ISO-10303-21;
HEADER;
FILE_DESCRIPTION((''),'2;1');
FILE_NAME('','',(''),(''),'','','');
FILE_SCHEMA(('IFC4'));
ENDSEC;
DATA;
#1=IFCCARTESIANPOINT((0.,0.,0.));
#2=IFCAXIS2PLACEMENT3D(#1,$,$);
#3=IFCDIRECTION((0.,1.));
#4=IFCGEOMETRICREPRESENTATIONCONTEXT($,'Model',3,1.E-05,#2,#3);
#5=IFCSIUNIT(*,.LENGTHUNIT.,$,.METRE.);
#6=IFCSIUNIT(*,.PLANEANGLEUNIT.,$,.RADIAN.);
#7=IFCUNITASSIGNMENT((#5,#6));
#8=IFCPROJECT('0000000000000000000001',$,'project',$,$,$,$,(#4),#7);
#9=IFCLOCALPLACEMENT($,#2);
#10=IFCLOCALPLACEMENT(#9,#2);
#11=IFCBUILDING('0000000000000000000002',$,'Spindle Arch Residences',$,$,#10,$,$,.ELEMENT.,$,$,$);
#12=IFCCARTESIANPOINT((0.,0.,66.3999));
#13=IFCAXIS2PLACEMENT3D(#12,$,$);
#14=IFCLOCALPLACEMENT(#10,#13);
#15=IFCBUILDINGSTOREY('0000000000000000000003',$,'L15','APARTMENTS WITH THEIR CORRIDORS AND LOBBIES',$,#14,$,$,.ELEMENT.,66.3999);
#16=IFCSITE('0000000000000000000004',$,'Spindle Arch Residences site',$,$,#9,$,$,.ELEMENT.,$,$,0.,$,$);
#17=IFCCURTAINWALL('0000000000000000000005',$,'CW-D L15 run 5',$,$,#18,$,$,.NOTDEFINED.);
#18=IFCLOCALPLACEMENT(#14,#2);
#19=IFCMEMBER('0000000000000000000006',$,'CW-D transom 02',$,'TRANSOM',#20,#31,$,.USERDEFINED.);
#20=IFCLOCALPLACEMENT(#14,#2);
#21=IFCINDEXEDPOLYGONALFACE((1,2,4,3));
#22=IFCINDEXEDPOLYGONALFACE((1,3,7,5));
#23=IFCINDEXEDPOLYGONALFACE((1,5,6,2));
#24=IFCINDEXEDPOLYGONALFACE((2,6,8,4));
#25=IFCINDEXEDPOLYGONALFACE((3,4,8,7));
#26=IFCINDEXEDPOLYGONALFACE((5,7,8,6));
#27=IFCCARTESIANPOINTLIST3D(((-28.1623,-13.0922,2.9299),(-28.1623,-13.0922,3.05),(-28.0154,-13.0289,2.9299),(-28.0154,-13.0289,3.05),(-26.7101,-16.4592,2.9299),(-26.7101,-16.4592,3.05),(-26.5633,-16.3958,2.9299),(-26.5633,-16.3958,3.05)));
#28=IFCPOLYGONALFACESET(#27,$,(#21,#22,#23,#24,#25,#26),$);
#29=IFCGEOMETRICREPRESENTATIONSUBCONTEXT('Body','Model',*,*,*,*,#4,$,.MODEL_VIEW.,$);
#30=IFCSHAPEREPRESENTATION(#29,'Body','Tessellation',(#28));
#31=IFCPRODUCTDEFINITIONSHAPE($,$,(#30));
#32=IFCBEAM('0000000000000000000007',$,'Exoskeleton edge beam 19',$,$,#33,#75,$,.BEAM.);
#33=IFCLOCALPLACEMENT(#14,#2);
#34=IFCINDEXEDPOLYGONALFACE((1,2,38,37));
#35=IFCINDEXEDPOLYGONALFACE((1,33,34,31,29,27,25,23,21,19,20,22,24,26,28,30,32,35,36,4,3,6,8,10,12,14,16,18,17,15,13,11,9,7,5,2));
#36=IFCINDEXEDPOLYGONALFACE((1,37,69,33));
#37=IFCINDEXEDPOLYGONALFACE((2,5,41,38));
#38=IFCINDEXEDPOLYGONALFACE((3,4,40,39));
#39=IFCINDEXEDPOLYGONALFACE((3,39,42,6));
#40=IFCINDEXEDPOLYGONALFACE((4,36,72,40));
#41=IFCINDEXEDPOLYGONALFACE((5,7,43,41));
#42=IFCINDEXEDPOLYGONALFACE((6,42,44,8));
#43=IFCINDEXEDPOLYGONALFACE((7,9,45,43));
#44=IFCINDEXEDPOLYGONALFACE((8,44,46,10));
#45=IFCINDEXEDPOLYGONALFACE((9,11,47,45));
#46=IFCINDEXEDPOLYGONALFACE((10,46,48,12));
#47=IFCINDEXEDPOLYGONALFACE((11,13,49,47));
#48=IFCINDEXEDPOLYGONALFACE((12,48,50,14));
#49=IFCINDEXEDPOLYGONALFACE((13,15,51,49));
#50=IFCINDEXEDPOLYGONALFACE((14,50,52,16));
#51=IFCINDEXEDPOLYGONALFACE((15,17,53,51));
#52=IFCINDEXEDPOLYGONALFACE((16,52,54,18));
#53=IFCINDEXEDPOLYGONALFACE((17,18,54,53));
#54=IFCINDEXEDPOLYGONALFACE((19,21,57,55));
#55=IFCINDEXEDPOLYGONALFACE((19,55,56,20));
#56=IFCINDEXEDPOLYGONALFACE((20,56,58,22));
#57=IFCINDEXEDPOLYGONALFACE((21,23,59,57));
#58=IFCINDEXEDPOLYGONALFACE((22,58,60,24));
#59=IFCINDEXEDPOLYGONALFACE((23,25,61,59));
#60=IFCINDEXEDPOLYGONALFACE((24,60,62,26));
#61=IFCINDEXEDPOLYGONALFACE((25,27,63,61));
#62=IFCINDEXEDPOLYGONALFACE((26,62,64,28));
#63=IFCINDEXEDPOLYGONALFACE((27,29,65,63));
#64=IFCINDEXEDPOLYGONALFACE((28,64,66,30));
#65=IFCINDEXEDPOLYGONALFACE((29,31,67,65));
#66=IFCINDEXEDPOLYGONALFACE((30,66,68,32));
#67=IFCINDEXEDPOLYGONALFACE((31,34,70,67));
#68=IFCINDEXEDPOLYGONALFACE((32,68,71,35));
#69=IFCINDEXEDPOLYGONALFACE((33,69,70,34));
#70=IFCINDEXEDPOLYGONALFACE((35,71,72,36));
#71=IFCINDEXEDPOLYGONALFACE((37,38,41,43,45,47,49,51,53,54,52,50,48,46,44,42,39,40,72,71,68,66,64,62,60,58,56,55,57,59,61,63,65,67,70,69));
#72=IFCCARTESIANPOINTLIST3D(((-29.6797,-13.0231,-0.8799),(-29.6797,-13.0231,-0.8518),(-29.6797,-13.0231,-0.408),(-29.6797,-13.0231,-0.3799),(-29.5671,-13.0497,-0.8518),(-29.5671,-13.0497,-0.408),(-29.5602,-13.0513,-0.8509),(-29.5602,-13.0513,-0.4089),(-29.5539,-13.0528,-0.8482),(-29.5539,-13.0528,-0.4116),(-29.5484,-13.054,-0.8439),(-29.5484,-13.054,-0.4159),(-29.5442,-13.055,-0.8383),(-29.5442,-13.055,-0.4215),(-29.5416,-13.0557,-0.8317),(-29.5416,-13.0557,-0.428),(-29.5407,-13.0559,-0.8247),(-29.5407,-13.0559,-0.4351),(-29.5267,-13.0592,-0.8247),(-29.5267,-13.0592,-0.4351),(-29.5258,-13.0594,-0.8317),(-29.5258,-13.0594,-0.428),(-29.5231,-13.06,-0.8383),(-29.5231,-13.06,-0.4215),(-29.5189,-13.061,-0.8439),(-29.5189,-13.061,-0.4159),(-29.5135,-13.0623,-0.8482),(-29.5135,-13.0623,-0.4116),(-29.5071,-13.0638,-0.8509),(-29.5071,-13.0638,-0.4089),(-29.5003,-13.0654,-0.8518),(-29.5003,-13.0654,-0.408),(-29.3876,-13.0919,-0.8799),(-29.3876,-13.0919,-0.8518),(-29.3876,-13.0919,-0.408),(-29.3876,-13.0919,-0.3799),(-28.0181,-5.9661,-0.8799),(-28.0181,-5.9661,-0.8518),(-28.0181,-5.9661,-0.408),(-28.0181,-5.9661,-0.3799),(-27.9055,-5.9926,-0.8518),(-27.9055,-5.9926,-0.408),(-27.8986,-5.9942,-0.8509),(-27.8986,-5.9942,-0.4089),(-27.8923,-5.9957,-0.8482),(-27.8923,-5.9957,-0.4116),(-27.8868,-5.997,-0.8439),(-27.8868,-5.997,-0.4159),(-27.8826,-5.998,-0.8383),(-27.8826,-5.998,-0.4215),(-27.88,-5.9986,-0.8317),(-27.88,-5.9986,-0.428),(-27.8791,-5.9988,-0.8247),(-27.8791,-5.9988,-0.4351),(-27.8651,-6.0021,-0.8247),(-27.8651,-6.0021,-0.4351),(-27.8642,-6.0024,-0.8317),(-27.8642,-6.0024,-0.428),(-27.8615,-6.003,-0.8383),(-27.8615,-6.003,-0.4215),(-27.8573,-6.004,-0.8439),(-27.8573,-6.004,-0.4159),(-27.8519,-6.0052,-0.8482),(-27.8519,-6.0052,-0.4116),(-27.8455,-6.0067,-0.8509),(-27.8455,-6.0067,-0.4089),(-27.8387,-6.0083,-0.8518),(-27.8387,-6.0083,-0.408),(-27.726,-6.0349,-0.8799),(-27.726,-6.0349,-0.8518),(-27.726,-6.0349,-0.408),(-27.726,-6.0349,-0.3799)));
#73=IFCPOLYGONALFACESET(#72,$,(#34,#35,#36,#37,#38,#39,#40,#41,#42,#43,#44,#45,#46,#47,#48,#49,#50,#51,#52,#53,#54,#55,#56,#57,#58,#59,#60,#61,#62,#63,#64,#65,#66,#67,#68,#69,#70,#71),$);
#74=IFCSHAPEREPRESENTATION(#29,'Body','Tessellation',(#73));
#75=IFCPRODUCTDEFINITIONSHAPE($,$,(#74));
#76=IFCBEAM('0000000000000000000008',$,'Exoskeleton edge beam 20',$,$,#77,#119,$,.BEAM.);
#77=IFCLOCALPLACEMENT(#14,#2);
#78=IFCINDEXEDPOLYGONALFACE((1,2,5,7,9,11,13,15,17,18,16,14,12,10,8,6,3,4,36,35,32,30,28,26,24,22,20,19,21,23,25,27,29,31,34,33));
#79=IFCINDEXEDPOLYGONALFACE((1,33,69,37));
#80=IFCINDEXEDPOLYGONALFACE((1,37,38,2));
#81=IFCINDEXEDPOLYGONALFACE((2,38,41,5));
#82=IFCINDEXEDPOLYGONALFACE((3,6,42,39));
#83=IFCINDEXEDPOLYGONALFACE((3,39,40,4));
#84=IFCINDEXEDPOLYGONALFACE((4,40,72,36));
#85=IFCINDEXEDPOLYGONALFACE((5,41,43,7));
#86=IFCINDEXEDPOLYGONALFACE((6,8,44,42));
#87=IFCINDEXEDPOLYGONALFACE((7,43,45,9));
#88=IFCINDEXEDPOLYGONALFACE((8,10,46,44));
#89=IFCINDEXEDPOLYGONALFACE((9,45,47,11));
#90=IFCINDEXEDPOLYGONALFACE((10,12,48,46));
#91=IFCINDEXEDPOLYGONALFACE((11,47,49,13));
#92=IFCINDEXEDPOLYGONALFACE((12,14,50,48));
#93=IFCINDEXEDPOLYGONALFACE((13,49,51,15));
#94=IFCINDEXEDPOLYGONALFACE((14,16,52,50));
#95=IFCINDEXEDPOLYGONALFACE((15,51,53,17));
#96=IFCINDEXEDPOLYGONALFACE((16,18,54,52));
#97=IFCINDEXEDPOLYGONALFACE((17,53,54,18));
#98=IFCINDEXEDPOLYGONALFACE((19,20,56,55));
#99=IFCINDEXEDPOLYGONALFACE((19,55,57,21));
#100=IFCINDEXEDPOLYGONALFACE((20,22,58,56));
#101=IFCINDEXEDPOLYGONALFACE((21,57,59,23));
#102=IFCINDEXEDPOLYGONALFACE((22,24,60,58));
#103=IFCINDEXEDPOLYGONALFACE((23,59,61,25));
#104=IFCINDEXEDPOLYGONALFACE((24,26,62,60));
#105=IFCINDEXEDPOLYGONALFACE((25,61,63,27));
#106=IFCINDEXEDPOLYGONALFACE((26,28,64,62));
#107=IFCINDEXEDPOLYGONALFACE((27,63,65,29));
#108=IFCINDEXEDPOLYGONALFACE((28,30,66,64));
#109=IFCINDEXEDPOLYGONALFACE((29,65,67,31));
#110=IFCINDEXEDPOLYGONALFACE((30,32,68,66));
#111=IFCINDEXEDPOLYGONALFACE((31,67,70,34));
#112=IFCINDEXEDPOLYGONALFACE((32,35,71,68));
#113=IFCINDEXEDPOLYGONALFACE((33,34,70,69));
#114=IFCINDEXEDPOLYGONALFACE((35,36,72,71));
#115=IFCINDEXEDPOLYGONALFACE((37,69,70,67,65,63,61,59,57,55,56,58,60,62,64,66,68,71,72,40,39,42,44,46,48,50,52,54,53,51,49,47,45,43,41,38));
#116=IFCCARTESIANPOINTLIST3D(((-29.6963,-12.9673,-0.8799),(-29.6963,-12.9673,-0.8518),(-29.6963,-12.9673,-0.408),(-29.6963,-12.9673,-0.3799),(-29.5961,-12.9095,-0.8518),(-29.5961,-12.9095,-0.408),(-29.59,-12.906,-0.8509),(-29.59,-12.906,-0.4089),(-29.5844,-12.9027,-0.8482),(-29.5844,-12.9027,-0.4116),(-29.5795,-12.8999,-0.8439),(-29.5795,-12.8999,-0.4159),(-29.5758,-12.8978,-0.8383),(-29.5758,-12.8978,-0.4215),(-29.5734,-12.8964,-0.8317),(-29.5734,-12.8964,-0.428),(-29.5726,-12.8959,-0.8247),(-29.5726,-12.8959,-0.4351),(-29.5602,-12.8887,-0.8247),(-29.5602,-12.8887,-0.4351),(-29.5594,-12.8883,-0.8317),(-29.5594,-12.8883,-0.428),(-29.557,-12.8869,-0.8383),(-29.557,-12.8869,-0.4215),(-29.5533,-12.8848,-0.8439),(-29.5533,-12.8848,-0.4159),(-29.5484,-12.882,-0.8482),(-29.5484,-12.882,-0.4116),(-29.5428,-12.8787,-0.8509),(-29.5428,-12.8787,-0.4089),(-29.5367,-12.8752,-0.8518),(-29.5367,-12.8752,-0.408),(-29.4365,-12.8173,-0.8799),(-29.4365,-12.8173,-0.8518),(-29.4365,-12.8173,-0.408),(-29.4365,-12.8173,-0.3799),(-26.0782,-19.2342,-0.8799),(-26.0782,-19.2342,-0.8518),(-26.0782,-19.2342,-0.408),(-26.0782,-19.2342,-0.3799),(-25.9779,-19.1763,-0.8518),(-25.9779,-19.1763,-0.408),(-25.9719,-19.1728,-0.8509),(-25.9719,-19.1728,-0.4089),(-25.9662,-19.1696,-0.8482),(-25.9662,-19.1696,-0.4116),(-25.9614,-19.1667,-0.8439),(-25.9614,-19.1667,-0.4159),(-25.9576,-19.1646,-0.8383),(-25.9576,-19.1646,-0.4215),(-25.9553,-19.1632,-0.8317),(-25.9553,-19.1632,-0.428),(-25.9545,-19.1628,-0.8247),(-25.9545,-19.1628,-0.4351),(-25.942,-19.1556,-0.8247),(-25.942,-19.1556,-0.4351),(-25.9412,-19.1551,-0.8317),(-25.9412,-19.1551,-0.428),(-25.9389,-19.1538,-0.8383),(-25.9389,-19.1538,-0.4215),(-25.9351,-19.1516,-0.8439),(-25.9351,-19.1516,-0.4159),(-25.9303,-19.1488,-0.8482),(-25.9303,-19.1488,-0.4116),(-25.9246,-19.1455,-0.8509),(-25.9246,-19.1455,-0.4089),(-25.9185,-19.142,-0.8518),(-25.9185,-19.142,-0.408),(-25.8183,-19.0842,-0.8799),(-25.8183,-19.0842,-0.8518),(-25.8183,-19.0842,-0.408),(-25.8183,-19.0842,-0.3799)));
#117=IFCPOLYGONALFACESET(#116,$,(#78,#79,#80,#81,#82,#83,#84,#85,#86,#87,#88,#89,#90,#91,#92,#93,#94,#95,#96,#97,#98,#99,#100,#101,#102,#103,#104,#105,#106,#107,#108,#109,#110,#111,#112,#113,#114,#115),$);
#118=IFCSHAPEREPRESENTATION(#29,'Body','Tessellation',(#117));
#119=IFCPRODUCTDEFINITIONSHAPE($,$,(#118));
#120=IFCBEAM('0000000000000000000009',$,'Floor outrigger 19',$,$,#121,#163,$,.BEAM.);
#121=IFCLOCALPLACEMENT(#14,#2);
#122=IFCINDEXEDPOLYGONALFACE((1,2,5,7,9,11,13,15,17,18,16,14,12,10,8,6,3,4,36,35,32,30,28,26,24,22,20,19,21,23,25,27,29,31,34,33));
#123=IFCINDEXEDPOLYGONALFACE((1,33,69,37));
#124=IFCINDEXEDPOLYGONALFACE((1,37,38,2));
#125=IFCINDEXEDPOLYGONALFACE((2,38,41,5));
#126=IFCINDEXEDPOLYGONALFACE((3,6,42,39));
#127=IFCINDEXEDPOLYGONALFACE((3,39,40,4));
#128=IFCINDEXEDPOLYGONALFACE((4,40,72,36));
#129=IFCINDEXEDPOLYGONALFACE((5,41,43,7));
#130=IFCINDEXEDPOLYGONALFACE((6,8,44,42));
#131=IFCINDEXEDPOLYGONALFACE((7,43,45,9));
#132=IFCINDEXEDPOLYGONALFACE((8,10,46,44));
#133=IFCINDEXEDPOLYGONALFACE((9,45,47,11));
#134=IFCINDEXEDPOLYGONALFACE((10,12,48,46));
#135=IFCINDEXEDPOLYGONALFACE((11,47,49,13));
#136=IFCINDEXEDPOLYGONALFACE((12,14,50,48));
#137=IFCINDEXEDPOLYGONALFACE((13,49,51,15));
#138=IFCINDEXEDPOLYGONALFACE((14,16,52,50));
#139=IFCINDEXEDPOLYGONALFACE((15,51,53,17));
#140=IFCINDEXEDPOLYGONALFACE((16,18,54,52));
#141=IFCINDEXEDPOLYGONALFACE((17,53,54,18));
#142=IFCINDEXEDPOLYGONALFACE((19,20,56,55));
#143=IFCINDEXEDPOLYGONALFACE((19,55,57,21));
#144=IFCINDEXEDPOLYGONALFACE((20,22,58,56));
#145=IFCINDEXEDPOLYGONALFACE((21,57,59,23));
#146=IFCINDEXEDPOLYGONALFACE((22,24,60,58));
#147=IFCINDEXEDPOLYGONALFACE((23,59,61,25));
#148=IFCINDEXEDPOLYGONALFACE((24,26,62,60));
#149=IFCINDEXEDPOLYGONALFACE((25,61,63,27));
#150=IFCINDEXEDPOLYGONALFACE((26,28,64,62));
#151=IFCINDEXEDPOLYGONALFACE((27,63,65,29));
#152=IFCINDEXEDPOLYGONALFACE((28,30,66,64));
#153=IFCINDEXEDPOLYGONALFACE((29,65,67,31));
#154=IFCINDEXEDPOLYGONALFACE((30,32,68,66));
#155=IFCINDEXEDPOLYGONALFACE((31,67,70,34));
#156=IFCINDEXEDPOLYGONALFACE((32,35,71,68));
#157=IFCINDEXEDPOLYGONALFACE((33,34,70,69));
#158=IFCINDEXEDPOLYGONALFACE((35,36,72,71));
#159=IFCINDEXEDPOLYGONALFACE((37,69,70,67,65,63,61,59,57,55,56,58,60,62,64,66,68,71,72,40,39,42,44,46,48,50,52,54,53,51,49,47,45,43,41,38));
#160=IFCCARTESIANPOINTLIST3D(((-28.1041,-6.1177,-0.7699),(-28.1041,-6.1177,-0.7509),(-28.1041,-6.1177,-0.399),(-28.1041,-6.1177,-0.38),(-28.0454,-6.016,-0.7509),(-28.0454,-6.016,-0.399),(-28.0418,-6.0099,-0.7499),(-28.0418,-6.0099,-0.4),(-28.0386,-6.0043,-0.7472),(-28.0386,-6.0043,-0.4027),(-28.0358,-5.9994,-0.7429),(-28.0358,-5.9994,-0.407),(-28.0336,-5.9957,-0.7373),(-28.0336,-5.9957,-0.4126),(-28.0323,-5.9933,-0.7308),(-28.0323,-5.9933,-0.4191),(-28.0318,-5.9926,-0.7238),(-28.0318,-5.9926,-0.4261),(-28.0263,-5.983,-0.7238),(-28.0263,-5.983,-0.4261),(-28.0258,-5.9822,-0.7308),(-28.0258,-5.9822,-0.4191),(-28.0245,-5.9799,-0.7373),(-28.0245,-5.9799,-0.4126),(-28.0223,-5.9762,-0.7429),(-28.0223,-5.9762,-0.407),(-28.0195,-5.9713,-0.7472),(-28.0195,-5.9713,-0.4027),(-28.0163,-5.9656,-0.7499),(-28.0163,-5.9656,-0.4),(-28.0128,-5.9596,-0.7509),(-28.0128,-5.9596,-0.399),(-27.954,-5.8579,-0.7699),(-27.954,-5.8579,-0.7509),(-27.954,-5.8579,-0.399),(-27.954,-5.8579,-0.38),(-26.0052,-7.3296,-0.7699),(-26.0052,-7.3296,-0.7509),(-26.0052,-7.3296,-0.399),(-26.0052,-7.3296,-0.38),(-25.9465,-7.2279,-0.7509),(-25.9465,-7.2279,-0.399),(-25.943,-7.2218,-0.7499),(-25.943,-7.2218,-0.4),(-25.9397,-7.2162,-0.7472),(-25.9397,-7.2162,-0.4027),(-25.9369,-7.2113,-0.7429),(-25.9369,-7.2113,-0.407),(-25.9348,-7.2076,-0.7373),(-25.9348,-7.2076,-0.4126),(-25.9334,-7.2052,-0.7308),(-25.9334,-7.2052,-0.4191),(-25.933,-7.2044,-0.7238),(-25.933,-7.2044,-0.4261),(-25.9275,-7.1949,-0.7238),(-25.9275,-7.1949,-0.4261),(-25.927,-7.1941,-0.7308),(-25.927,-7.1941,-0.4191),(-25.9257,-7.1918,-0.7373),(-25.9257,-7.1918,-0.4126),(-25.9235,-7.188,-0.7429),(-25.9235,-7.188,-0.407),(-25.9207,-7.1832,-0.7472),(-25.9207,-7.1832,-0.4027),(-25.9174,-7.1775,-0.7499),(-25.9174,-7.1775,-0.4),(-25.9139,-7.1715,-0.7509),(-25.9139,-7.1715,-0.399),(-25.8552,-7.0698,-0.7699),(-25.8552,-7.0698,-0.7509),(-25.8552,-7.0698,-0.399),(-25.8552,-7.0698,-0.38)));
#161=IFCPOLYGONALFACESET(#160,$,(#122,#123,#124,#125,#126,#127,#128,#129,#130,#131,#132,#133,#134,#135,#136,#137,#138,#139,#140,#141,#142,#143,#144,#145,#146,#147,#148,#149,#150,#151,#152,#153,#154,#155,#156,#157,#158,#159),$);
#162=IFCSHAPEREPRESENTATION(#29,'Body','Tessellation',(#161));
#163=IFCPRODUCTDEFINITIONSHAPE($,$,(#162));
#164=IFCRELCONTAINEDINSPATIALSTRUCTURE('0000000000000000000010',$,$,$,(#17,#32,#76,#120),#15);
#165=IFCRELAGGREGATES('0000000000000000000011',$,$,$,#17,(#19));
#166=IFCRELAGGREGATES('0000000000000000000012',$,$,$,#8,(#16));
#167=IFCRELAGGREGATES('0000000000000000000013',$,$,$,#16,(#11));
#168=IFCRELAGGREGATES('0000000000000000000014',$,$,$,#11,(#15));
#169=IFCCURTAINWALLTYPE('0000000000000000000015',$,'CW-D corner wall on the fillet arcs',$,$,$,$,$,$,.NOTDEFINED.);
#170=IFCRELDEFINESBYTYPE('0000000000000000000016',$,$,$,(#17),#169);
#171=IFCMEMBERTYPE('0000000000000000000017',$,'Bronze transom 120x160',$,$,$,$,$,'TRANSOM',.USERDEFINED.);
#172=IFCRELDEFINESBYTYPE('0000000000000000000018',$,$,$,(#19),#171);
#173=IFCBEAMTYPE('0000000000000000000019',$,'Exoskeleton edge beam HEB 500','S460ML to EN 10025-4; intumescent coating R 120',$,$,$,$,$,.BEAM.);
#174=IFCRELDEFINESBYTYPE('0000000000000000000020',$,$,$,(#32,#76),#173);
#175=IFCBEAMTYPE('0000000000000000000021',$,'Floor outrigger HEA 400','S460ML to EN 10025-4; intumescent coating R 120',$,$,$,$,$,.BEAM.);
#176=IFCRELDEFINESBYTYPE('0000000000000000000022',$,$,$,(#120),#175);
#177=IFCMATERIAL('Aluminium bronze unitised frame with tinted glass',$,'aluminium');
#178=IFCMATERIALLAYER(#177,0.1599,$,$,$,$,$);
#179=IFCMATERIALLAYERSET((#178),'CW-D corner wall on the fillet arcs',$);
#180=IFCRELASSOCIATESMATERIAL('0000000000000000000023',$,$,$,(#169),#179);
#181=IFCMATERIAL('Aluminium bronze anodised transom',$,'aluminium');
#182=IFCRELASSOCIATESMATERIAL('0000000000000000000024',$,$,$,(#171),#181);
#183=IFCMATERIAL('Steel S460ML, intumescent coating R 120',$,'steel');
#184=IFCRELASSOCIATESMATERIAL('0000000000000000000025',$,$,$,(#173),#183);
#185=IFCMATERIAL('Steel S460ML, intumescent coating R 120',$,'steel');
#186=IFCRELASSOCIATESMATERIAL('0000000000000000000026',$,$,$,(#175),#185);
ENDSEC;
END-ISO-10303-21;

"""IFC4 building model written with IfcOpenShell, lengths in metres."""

from ifc_helpers import new_model, si_unit, direction, frame, origin, origin_2d, place, context, subcontext, project, spatial, rectangle, i_section, extrude, material, layer, layer_set, material_profile, profile_set, type_object, element, aggregate, save


model = new_model("IFC4")

# Units and contexts
model_context = context("Model", 3, precision=1e-05, world=origin(), true_north=direction((0.0, 1.0)))
body_context = subcontext(model_context, "Body", "Model", "MODEL_VIEW")
ifc_project = project(units=[si_unit("LENGTHUNIT", "METRE"), si_unit("PLANEANGLEUNIT", "RADIAN")], contexts=[model_context])

# Site, building, storey
site_placement = place(None, origin())
site = spatial("IfcSite", under=ifc_project, at=site_placement, Name="Spindle Arch Residences site", CompositionType="ELEMENT", RefElevation=0.0)
building_placement = place(site_placement, origin())
building = spatial("IfcBuilding", under=site, at=building_placement, Name="Spindle Arch Residences", CompositionType="ELEMENT")
storey_placement = place(building_placement, frame((0.0, 0.0, 66.3999)))
storey = spatial("IfcBuildingStorey", under=building, at=storey_placement, Name="L15", Description="APARTMENTS WITH THEIR CORRIDORS AND LOBBIES", CompositionType="ELEMENT", Elevation=66.3999)

# Curtain wall, member
ifc_material_1 = material(Name="Aluminium bronze unitised frame with tinted glass", Category="aluminium")
ifc_layer_1 = layer(ifc_material_1, 0.1599)
ifc_layer_set_1 = layer_set([ifc_layer_1], Name="CW-D corner wall on the fillet arcs")
curtain_wall_type_1 = type_object("IfcCurtainWallType", Name="CW-D corner wall on the fillet arcs", PredefinedType="NOTDEFINED", material=ifc_layer_set_1)
curtain_wall_1_placement = place(storey_placement, origin())
curtain_wall_1 = element("IfcCurtainWall", 1, at=curtain_wall_1_placement, inside=storey, type_object=curtain_wall_type_1, Name="CW-D L15 run 5", PredefinedType="NOTDEFINED")
ifc_material_2 = material(Name="Aluminium bronze anodised transom", Category="aluminium")
ifc_material_profile_1 = material_profile(ifc_material_2, rectangle(XDim=0.1599, YDim=0.1201, at=origin_2d()), Name="TR 120x160")
ifc_profile_set_1 = profile_set([ifc_material_profile_1], Name="Aluminium bronze anodised transom")
member_type_1 = type_object("IfcMemberType", Name="Bronze transom 120x160", ElementType="TRANSOM", PredefinedType="USERDEFINED", material=ifc_profile_set_1)
member_1_placement = place(storey_placement, frame((-28.0889, -13.0605, 2.99), z_axis=(0.396032, -0.918237, 0.0), x_axis=(0.918237, 0.396032, 0.0)))
member_1 = element("IfcMember", 2, at=member_1_placement, type_object=member_type_1, Name="CW-D transom 02", ObjectType="TRANSOM", PredefinedType="USERDEFINED", context=body_context, shape_type="SweptSolid", body=[
    extrude(rectangle(XDim=0.1599, YDim=0.1201, at=origin_2d()), origin(), (0.0, 0.0, 1.0), 3.6667),
])

# Beams
ifc_material_3 = material(Name="Steel S460ML, intumescent coating R 120", Category="steel")
ifc_material_profile_2 = material_profile(ifc_material_3, i_section(OverallWidth=0.3, OverallDepth=0.5, WebThickness=0.0144, FlangeThickness=0.0281, FilletRadius=0.0271, at=origin_2d()), Name="HEB 500")
ifc_profile_set_2 = profile_set([ifc_material_profile_2], Name="Steel S460ML, intumescent coating R 120")
beam_type_1 = type_object("IfcBeamType", Name="Exoskeleton edge beam HEB 500", Description="S460ML to EN 10025-4; intumescent coating R 120", PredefinedType="BEAM", material=ifc_profile_set_2)
beam_1_placement = place(storey_placement, frame((-27.8721, -6.0005, -0.6299), z_axis=(-0.229186, -0.973383, 0.0), x_axis=(0.973383, -0.229186, 0.0)))
element("IfcBeam", 3, at=beam_1_placement, inside=storey, type_object=beam_type_1, Name="Exoskeleton edge beam 19", PredefinedType="BEAM", context=body_context, shape_type="SweptSolid", body=[
    extrude(i_section(OverallWidth=0.3, OverallDepth=0.5, WebThickness=0.0144, FlangeThickness=0.0281, FilletRadius=0.0271, at=origin_2d()), origin(), (0.0, 0.0, 1.0), 7.25),
])
beam_2_placement = place(storey_placement, frame((-29.5664, -12.8923, -0.6299), z_axis=(0.5, -0.866025, 0.0), x_axis=(0.866025, 0.5, 0.0)))
element("IfcBeam", 4, at=beam_2_placement, inside=storey, type_object=beam_type_1, Name="Exoskeleton edge beam 20", PredefinedType="BEAM", context=body_context, shape_type="SweptSolid", body=[
    extrude(i_section(OverallWidth=0.3, OverallDepth=0.5, WebThickness=0.0144, FlangeThickness=0.0281, FilletRadius=0.0271, at=origin_2d()), origin(), (0.0, 0.0, 1.0), 7.2363),
])
ifc_material_4 = material(Name="Steel S460ML, intumescent coating R 120", Category="steel")
ifc_material_profile_3 = material_profile(ifc_material_4, i_section(OverallWidth=0.3, OverallDepth=0.3899, WebThickness=0.011, FlangeThickness=0.019, FilletRadius=0.0271, at=origin_2d()), Name="HEA 400")
ifc_profile_set_3 = profile_set([ifc_material_profile_3], Name="Steel S460ML, intumescent coating R 120")
beam_type_2 = type_object("IfcBeamType", Name="Floor outrigger HEA 400", Description="S460ML to EN 10025-4; intumescent coating R 120", PredefinedType="BEAM", material=ifc_profile_set_3)
beam_3_placement = place(storey_placement, frame((-28.0291, -5.9878, -0.575), z_axis=(0.866003, -0.500039, 0.0), x_axis=(0.500039, 0.866003, 0.0)))
element("IfcBeam", 5, at=beam_3_placement, inside=storey, type_object=beam_type_2, Name="Floor outrigger 19", PredefinedType="BEAM", context=body_context, shape_type="SweptSolid", body=[
    extrude(i_section(OverallWidth=0.3, OverallDepth=0.3899, WebThickness=0.011, FlangeThickness=0.019, FilletRadius=0.0271, at=origin_2d()), origin(), (0.0, 0.0, 1.0), 2.4236),
])

aggregate(curtain_wall_1, [member_1])

save(model, "model.ifc")
